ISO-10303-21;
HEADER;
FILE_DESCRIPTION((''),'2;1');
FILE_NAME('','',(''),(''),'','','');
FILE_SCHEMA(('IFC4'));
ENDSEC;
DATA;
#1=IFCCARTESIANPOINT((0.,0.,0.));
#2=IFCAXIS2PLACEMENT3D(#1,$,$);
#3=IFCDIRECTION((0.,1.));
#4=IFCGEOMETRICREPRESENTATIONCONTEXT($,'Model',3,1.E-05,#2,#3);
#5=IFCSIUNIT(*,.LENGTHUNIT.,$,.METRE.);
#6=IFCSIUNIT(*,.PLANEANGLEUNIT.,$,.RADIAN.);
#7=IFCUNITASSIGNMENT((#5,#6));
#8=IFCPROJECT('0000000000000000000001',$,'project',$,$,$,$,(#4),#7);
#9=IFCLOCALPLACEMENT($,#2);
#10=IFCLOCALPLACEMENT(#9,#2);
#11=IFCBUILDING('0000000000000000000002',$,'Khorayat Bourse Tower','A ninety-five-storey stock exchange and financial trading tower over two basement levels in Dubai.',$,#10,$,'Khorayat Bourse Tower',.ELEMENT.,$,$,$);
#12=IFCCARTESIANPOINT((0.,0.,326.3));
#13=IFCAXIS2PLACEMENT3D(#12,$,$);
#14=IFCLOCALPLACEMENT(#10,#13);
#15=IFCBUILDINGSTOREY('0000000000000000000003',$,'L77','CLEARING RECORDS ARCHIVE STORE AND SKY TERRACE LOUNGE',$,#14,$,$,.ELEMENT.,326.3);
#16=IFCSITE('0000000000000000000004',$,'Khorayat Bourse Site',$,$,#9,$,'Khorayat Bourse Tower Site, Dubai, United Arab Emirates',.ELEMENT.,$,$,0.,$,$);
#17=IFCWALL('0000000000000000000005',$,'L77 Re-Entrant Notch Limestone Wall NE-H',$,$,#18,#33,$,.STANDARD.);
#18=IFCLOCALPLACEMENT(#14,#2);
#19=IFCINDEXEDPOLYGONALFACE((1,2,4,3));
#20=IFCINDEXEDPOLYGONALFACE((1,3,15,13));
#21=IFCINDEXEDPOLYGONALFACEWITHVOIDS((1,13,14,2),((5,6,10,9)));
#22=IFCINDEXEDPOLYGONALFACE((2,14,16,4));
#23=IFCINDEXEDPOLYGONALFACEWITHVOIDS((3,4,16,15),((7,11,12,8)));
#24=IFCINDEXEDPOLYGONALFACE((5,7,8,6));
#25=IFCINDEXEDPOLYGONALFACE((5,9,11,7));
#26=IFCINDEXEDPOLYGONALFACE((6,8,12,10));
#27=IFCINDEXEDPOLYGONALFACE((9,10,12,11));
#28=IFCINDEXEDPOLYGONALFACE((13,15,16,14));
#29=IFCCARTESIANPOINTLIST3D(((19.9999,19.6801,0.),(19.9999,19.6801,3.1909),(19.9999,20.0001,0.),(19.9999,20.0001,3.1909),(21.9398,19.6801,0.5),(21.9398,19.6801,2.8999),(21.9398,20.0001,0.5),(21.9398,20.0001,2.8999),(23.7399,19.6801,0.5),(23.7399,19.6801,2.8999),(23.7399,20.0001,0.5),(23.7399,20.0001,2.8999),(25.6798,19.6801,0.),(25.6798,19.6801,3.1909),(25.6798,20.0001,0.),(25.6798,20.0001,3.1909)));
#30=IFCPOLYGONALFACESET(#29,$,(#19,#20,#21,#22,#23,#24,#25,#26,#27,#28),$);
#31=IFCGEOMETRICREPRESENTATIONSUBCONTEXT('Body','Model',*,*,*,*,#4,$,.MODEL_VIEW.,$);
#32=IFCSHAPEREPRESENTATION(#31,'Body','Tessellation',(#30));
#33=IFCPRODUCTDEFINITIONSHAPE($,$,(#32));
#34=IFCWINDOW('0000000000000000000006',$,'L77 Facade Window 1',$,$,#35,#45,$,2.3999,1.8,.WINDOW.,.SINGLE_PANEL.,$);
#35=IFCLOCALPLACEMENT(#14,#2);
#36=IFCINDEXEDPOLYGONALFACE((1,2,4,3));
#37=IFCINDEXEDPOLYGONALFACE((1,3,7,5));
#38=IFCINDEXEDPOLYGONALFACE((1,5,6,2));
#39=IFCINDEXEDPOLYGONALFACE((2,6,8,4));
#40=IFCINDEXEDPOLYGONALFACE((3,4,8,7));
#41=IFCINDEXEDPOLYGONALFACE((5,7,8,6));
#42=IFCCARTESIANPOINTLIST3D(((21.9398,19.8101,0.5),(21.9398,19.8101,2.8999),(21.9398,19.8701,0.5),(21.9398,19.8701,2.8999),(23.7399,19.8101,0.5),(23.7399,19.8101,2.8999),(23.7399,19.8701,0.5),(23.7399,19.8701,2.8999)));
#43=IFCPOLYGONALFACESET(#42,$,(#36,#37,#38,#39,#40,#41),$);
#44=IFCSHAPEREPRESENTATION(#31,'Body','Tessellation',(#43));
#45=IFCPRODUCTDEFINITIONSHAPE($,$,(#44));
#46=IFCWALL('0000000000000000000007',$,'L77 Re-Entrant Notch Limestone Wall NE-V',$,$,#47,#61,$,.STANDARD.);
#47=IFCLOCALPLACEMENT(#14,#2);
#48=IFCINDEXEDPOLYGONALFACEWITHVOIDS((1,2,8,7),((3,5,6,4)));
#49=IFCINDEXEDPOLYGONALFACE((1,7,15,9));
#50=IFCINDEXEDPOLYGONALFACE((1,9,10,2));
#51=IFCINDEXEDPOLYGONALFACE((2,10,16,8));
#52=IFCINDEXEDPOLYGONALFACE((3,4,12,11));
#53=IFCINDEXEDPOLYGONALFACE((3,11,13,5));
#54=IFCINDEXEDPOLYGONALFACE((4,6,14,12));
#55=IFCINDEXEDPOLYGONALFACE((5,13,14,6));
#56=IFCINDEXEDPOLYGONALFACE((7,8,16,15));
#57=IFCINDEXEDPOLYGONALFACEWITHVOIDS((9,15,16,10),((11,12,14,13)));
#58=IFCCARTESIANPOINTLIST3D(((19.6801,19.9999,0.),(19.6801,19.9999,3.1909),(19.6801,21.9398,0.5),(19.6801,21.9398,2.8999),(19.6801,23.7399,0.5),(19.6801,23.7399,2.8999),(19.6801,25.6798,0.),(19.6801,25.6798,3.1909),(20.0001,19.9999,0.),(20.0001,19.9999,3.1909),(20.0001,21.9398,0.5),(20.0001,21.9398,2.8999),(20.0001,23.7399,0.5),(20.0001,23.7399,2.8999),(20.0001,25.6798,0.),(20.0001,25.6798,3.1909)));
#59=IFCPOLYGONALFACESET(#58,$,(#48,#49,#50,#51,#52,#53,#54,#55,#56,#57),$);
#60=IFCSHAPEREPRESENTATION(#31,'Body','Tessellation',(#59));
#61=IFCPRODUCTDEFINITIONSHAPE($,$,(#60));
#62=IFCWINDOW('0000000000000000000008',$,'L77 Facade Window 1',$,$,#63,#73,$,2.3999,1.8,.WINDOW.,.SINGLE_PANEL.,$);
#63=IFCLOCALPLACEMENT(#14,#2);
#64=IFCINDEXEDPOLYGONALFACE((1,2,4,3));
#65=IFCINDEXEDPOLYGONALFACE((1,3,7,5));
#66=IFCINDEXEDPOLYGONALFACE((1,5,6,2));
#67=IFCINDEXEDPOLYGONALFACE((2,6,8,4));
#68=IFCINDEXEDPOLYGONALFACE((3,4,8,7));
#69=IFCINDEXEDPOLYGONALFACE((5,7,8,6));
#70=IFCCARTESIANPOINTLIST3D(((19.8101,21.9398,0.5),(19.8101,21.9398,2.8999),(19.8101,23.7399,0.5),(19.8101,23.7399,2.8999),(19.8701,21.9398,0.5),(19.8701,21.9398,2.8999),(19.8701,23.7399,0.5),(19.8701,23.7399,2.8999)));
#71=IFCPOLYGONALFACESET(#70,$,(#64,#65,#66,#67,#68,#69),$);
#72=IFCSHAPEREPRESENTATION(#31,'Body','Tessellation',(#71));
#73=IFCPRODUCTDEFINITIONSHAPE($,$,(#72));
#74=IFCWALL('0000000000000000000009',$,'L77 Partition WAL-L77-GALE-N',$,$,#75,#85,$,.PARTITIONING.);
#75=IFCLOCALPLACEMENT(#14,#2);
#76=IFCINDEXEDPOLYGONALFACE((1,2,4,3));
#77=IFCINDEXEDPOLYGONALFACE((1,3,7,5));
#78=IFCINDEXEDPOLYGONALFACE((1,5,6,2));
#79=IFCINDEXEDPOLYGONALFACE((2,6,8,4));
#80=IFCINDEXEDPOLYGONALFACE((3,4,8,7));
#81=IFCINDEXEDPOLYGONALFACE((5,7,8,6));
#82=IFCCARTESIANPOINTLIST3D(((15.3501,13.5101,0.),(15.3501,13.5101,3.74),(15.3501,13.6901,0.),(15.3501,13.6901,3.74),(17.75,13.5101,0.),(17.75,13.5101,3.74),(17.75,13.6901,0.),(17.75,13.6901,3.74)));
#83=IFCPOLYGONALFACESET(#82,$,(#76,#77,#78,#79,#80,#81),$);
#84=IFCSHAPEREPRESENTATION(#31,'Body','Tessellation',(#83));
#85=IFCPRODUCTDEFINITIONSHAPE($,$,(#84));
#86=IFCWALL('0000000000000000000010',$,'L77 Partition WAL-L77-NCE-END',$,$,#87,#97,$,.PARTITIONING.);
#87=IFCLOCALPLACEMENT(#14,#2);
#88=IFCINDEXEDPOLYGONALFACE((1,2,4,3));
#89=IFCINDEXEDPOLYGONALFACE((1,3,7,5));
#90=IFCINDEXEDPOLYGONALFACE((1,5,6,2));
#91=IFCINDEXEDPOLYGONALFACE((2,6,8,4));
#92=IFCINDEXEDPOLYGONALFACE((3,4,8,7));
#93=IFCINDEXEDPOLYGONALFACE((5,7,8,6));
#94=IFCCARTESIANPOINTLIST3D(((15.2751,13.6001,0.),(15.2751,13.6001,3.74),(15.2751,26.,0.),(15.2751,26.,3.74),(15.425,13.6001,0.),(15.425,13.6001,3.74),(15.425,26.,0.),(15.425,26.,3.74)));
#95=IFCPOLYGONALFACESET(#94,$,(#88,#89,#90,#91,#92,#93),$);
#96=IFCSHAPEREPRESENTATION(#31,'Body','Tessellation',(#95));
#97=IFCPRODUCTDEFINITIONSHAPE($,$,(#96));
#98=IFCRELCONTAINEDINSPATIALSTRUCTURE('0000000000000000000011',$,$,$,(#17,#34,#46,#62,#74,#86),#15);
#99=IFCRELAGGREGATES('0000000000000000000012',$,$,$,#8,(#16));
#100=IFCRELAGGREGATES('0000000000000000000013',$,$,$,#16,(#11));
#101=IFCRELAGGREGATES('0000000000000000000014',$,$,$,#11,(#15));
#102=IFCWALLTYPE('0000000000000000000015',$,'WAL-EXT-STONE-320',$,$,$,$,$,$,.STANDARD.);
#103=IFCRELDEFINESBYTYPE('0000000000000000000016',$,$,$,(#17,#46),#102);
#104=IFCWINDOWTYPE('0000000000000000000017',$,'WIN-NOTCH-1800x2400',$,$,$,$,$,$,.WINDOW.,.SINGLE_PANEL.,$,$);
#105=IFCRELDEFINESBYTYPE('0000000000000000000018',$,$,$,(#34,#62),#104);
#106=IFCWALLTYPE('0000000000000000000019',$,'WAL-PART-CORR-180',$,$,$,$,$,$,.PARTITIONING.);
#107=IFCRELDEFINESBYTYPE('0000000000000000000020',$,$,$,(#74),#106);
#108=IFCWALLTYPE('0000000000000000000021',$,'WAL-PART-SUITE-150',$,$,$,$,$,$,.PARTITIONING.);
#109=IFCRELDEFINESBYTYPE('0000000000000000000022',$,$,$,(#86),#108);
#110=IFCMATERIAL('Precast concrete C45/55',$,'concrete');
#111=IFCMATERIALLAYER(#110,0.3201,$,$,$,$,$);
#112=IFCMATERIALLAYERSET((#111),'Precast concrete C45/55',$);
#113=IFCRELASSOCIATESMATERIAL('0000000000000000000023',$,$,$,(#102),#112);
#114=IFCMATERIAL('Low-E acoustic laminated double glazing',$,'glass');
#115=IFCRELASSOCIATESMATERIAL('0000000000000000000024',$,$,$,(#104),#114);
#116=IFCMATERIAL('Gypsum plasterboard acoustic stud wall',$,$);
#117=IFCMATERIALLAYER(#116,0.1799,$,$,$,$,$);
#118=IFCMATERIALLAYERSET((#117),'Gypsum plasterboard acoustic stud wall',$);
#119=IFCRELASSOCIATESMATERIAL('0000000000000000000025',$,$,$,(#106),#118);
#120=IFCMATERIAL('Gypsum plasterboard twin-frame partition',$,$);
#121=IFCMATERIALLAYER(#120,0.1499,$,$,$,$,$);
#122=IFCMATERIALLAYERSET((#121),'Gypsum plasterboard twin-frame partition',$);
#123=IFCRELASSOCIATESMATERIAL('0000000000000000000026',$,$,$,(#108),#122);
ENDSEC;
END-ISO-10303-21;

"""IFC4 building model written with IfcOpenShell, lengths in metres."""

from ifc_helpers import new_model, si_unit, direction, frame, frame_2d, origin, place, context, subcontext, project, spatial, rectangle, extrude, source, transform, mapped, material, layer, layer_set, type_object, element, fill, save


model = new_model("IFC4")

# Units and contexts
model_context = context("Model", 3, precision=1e-05, world=origin(), true_north=direction((0.0, 1.0)))
body_context = subcontext(model_context, "Body", "Model", "MODEL_VIEW")
ifc_project = project(units=[si_unit("LENGTHUNIT", "METRE"), si_unit("PLANEANGLEUNIT", "RADIAN")], contexts=[model_context])

# Site, building, storey
site_placement = place(None, origin())
site = spatial("IfcSite", under=ifc_project, at=site_placement, Name="Khorayat Bourse Site", LongName="Khorayat Bourse Tower Site, Dubai, United Arab Emirates", CompositionType="ELEMENT", RefElevation=0.0)
building_placement = place(site_placement, origin())
building = spatial("IfcBuilding", under=site, at=building_placement, Name="Khorayat Bourse Tower", Description="A ninety-five-storey stock exchange and financial trading tower over two basement levels in Dubai.", LongName="Khorayat Bourse Tower", CompositionType="ELEMENT")
storey_placement = place(building_placement, frame((0.0, 0.0, 326.3)))
storey = spatial("IfcBuildingStorey", under=building, at=storey_placement, Name="L77", Description="CLEARING RECORDS ARCHIVE STORE AND SKY TERRACE LOUNGE", CompositionType="ELEMENT", Elevation=326.3)

# Walls, openings, windows
ifc_material_1 = material(Name="Precast concrete C45/55", Category="concrete")
ifc_layer_1 = layer(ifc_material_1, 0.3201)
ifc_layer_set_1 = layer_set([ifc_layer_1], Name="Precast concrete C45/55")
wall_type_1 = type_object("IfcWallType", Name="WAL-EXT-STONE-320", PredefinedType="STANDARD", material=ifc_layer_set_1)
shared_shape_1 = source(origin(), body_context, "Body", "SweptSolid", [
    extrude(rectangle(XDim=5.6799, YDim=0.3201, at=frame_2d((2.8398, 0.0))), origin(), (0.0, 0.0, 1.0), 3.1909),
])
wall_1_placement = place(storey_placement, frame((20.0, 19.8401, 0.0), z_axis=(0.0, 0.0, 1.0), x_axis=(1.0, 0.0, 0.0)))
wall_1 = element("IfcWall", 1, at=wall_1_placement, inside=storey, type_object=wall_type_1, Name="L77 Re-Entrant Notch Limestone Wall NE-H", PredefinedType="STANDARD", context=body_context, shape_type="MappedRepresentation", body=[
    mapped(shared_shape_1, transform((0.0, 0.0, 0.0), scale=1.0)),
])
shared_shape_2 = source(origin(), body_context, "Body", "SweptSolid", [
    extrude(rectangle(XDim=1.8, YDim=2.3999, at=frame_2d((0.8999, 1.2))), frame((0.0, 0.1699, 0.0), z_axis=(0.0, -1.0, 0.0), x_axis=(1.0, 0.0, 0.0)), (0.0, 0.0, 1.0), 0.3401),
])
opening_1_placement = place(wall_1_placement, frame((1.9399, 0.0, 0.5)))
opening_1 = element("IfcOpeningElement", 2, at=opening_1_placement, cuts=wall_1, PredefinedType="OPENING", context=body_context, shape_type="MappedRepresentation", body=[
    mapped(shared_shape_2, transform((0.0, 0.0, 0.0), scale=1.0)),
])
ifc_material_2 = material(Name="Low-E acoustic laminated double glazing", Category="glass")
window_type = type_object("IfcWindowType", Name="WIN-NOTCH-1800x2400", PartitioningType="SINGLE_PANEL", PredefinedType="WINDOW", material=ifc_material_2)
shared_shape_3 = source(origin(), body_context, "Body", "SweptSolid", [
    extrude(rectangle(XDim=1.8, YDim=2.3999, at=frame_2d((0.8999, 1.2))), frame((0.0, 0.03, 0.0), z_axis=(0.0, -1.0, 0.0), x_axis=(1.0, 0.0, 0.0)), (0.0, 0.0, 1.0), 0.0601),
])
window_1_placement = place(opening_1_placement, origin())
window_1 = element("IfcWindow", 3, at=window_1_placement, inside=storey, type_object=window_type, Name="L77 Facade Window 1", OverallHeight=2.3999, OverallWidth=1.8, PartitioningType="SINGLE_PANEL", PredefinedType="WINDOW", context=body_context, shape_type="MappedRepresentation", body=[
    mapped(shared_shape_3, transform((0.0, 0.0, 0.0), scale=1.0)),
])
fill(opening_1, window_1)
wall_2_placement = place(storey_placement, frame((19.8401, 20.0, 0.0), z_axis=(0.0, 0.0, 1.0), x_axis=(0.0, 1.0, 0.0)))
wall_2 = element("IfcWall", 4, at=wall_2_placement, inside=storey, type_object=wall_type_1, Name="L77 Re-Entrant Notch Limestone Wall NE-V", PredefinedType="STANDARD", context=body_context, shape_type="MappedRepresentation", body=[
    mapped(shared_shape_1, transform((0.0, 0.0, 0.0), scale=1.0)),
])
opening_2_placement = place(wall_2_placement, frame((1.9399, 0.0, 0.5)))
opening_2 = element("IfcOpeningElement", 5, at=opening_2_placement, cuts=wall_2, PredefinedType="OPENING", context=body_context, shape_type="MappedRepresentation", body=[
    mapped(shared_shape_2, transform((0.0, 0.0, 0.0), scale=1.0)),
])
window_2_placement = place(opening_2_placement, origin())
window_2 = element("IfcWindow", 6, at=window_2_placement, inside=storey, type_object=window_type, Name="L77 Facade Window 1", OverallHeight=2.3999, OverallWidth=1.8, PartitioningType="SINGLE_PANEL", PredefinedType="WINDOW", context=body_context, shape_type="MappedRepresentation", body=[
    mapped(shared_shape_3, transform((0.0, 0.0, 0.0), scale=1.0)),
])
fill(opening_2, window_2)

# Walls
ifc_material_3 = material(Name="Gypsum plasterboard acoustic stud wall")
ifc_layer_2 = layer(ifc_material_3, 0.1799)
ifc_layer_set_2 = layer_set([ifc_layer_2], Name="Gypsum plasterboard acoustic stud wall")
wall_type_2 = type_object("IfcWallType", Name="WAL-PART-CORR-180", PredefinedType="PARTITIONING", material=ifc_layer_set_2)
shared_shape_4 = source(origin(), body_context, "Body", "SweptSolid", [
    extrude(rectangle(XDim=2.3999, YDim=0.1799, at=frame_2d((1.2, 0.0))), origin(), (0.0, 0.0, 1.0), 3.74),
])
wall_3_placement = place(storey_placement, frame((15.3501, 13.6001, 0.0), z_axis=(0.0, 0.0, 1.0), x_axis=(1.0, 0.0, 0.0)))
element("IfcWall", 7, at=wall_3_placement, inside=storey, type_object=wall_type_2, Name="L77 Partition WAL-L77-GALE-N", PredefinedType="PARTITIONING", context=body_context, shape_type="MappedRepresentation", body=[
    mapped(shared_shape_4, transform((0.0, 0.0, 0.0), scale=1.0)),
])
ifc_material_4 = material(Name="Gypsum plasterboard twin-frame partition")
ifc_layer_3 = layer(ifc_material_4, 0.1499)
ifc_layer_set_3 = layer_set([ifc_layer_3], Name="Gypsum plasterboard twin-frame partition")
wall_type_3 = type_object("IfcWallType", Name="WAL-PART-SUITE-150", PredefinedType="PARTITIONING", material=ifc_layer_set_3)
shared_shape_5 = source(origin(), body_context, "Body", "SweptSolid", [
    extrude(rectangle(XDim=12.3999, YDim=0.1499, at=frame_2d((6.2, 0.0))), origin(), (0.0, 0.0, 1.0), 3.74),
])
wall_4_placement = place(storey_placement, frame((15.3501, 13.6001, 0.0), z_axis=(0.0, 0.0, 1.0), x_axis=(0.0, 1.0, 0.0)))
element("IfcWall", 8, at=wall_4_placement, inside=storey, type_object=wall_type_3, Name="L77 Partition WAL-L77-NCE-END", PredefinedType="PARTITIONING", context=body_context, shape_type="MappedRepresentation", body=[
    mapped(shared_shape_5, transform((0.0, 0.0, 0.0), scale=1.0)),
])

save(model, "model.ifc")
